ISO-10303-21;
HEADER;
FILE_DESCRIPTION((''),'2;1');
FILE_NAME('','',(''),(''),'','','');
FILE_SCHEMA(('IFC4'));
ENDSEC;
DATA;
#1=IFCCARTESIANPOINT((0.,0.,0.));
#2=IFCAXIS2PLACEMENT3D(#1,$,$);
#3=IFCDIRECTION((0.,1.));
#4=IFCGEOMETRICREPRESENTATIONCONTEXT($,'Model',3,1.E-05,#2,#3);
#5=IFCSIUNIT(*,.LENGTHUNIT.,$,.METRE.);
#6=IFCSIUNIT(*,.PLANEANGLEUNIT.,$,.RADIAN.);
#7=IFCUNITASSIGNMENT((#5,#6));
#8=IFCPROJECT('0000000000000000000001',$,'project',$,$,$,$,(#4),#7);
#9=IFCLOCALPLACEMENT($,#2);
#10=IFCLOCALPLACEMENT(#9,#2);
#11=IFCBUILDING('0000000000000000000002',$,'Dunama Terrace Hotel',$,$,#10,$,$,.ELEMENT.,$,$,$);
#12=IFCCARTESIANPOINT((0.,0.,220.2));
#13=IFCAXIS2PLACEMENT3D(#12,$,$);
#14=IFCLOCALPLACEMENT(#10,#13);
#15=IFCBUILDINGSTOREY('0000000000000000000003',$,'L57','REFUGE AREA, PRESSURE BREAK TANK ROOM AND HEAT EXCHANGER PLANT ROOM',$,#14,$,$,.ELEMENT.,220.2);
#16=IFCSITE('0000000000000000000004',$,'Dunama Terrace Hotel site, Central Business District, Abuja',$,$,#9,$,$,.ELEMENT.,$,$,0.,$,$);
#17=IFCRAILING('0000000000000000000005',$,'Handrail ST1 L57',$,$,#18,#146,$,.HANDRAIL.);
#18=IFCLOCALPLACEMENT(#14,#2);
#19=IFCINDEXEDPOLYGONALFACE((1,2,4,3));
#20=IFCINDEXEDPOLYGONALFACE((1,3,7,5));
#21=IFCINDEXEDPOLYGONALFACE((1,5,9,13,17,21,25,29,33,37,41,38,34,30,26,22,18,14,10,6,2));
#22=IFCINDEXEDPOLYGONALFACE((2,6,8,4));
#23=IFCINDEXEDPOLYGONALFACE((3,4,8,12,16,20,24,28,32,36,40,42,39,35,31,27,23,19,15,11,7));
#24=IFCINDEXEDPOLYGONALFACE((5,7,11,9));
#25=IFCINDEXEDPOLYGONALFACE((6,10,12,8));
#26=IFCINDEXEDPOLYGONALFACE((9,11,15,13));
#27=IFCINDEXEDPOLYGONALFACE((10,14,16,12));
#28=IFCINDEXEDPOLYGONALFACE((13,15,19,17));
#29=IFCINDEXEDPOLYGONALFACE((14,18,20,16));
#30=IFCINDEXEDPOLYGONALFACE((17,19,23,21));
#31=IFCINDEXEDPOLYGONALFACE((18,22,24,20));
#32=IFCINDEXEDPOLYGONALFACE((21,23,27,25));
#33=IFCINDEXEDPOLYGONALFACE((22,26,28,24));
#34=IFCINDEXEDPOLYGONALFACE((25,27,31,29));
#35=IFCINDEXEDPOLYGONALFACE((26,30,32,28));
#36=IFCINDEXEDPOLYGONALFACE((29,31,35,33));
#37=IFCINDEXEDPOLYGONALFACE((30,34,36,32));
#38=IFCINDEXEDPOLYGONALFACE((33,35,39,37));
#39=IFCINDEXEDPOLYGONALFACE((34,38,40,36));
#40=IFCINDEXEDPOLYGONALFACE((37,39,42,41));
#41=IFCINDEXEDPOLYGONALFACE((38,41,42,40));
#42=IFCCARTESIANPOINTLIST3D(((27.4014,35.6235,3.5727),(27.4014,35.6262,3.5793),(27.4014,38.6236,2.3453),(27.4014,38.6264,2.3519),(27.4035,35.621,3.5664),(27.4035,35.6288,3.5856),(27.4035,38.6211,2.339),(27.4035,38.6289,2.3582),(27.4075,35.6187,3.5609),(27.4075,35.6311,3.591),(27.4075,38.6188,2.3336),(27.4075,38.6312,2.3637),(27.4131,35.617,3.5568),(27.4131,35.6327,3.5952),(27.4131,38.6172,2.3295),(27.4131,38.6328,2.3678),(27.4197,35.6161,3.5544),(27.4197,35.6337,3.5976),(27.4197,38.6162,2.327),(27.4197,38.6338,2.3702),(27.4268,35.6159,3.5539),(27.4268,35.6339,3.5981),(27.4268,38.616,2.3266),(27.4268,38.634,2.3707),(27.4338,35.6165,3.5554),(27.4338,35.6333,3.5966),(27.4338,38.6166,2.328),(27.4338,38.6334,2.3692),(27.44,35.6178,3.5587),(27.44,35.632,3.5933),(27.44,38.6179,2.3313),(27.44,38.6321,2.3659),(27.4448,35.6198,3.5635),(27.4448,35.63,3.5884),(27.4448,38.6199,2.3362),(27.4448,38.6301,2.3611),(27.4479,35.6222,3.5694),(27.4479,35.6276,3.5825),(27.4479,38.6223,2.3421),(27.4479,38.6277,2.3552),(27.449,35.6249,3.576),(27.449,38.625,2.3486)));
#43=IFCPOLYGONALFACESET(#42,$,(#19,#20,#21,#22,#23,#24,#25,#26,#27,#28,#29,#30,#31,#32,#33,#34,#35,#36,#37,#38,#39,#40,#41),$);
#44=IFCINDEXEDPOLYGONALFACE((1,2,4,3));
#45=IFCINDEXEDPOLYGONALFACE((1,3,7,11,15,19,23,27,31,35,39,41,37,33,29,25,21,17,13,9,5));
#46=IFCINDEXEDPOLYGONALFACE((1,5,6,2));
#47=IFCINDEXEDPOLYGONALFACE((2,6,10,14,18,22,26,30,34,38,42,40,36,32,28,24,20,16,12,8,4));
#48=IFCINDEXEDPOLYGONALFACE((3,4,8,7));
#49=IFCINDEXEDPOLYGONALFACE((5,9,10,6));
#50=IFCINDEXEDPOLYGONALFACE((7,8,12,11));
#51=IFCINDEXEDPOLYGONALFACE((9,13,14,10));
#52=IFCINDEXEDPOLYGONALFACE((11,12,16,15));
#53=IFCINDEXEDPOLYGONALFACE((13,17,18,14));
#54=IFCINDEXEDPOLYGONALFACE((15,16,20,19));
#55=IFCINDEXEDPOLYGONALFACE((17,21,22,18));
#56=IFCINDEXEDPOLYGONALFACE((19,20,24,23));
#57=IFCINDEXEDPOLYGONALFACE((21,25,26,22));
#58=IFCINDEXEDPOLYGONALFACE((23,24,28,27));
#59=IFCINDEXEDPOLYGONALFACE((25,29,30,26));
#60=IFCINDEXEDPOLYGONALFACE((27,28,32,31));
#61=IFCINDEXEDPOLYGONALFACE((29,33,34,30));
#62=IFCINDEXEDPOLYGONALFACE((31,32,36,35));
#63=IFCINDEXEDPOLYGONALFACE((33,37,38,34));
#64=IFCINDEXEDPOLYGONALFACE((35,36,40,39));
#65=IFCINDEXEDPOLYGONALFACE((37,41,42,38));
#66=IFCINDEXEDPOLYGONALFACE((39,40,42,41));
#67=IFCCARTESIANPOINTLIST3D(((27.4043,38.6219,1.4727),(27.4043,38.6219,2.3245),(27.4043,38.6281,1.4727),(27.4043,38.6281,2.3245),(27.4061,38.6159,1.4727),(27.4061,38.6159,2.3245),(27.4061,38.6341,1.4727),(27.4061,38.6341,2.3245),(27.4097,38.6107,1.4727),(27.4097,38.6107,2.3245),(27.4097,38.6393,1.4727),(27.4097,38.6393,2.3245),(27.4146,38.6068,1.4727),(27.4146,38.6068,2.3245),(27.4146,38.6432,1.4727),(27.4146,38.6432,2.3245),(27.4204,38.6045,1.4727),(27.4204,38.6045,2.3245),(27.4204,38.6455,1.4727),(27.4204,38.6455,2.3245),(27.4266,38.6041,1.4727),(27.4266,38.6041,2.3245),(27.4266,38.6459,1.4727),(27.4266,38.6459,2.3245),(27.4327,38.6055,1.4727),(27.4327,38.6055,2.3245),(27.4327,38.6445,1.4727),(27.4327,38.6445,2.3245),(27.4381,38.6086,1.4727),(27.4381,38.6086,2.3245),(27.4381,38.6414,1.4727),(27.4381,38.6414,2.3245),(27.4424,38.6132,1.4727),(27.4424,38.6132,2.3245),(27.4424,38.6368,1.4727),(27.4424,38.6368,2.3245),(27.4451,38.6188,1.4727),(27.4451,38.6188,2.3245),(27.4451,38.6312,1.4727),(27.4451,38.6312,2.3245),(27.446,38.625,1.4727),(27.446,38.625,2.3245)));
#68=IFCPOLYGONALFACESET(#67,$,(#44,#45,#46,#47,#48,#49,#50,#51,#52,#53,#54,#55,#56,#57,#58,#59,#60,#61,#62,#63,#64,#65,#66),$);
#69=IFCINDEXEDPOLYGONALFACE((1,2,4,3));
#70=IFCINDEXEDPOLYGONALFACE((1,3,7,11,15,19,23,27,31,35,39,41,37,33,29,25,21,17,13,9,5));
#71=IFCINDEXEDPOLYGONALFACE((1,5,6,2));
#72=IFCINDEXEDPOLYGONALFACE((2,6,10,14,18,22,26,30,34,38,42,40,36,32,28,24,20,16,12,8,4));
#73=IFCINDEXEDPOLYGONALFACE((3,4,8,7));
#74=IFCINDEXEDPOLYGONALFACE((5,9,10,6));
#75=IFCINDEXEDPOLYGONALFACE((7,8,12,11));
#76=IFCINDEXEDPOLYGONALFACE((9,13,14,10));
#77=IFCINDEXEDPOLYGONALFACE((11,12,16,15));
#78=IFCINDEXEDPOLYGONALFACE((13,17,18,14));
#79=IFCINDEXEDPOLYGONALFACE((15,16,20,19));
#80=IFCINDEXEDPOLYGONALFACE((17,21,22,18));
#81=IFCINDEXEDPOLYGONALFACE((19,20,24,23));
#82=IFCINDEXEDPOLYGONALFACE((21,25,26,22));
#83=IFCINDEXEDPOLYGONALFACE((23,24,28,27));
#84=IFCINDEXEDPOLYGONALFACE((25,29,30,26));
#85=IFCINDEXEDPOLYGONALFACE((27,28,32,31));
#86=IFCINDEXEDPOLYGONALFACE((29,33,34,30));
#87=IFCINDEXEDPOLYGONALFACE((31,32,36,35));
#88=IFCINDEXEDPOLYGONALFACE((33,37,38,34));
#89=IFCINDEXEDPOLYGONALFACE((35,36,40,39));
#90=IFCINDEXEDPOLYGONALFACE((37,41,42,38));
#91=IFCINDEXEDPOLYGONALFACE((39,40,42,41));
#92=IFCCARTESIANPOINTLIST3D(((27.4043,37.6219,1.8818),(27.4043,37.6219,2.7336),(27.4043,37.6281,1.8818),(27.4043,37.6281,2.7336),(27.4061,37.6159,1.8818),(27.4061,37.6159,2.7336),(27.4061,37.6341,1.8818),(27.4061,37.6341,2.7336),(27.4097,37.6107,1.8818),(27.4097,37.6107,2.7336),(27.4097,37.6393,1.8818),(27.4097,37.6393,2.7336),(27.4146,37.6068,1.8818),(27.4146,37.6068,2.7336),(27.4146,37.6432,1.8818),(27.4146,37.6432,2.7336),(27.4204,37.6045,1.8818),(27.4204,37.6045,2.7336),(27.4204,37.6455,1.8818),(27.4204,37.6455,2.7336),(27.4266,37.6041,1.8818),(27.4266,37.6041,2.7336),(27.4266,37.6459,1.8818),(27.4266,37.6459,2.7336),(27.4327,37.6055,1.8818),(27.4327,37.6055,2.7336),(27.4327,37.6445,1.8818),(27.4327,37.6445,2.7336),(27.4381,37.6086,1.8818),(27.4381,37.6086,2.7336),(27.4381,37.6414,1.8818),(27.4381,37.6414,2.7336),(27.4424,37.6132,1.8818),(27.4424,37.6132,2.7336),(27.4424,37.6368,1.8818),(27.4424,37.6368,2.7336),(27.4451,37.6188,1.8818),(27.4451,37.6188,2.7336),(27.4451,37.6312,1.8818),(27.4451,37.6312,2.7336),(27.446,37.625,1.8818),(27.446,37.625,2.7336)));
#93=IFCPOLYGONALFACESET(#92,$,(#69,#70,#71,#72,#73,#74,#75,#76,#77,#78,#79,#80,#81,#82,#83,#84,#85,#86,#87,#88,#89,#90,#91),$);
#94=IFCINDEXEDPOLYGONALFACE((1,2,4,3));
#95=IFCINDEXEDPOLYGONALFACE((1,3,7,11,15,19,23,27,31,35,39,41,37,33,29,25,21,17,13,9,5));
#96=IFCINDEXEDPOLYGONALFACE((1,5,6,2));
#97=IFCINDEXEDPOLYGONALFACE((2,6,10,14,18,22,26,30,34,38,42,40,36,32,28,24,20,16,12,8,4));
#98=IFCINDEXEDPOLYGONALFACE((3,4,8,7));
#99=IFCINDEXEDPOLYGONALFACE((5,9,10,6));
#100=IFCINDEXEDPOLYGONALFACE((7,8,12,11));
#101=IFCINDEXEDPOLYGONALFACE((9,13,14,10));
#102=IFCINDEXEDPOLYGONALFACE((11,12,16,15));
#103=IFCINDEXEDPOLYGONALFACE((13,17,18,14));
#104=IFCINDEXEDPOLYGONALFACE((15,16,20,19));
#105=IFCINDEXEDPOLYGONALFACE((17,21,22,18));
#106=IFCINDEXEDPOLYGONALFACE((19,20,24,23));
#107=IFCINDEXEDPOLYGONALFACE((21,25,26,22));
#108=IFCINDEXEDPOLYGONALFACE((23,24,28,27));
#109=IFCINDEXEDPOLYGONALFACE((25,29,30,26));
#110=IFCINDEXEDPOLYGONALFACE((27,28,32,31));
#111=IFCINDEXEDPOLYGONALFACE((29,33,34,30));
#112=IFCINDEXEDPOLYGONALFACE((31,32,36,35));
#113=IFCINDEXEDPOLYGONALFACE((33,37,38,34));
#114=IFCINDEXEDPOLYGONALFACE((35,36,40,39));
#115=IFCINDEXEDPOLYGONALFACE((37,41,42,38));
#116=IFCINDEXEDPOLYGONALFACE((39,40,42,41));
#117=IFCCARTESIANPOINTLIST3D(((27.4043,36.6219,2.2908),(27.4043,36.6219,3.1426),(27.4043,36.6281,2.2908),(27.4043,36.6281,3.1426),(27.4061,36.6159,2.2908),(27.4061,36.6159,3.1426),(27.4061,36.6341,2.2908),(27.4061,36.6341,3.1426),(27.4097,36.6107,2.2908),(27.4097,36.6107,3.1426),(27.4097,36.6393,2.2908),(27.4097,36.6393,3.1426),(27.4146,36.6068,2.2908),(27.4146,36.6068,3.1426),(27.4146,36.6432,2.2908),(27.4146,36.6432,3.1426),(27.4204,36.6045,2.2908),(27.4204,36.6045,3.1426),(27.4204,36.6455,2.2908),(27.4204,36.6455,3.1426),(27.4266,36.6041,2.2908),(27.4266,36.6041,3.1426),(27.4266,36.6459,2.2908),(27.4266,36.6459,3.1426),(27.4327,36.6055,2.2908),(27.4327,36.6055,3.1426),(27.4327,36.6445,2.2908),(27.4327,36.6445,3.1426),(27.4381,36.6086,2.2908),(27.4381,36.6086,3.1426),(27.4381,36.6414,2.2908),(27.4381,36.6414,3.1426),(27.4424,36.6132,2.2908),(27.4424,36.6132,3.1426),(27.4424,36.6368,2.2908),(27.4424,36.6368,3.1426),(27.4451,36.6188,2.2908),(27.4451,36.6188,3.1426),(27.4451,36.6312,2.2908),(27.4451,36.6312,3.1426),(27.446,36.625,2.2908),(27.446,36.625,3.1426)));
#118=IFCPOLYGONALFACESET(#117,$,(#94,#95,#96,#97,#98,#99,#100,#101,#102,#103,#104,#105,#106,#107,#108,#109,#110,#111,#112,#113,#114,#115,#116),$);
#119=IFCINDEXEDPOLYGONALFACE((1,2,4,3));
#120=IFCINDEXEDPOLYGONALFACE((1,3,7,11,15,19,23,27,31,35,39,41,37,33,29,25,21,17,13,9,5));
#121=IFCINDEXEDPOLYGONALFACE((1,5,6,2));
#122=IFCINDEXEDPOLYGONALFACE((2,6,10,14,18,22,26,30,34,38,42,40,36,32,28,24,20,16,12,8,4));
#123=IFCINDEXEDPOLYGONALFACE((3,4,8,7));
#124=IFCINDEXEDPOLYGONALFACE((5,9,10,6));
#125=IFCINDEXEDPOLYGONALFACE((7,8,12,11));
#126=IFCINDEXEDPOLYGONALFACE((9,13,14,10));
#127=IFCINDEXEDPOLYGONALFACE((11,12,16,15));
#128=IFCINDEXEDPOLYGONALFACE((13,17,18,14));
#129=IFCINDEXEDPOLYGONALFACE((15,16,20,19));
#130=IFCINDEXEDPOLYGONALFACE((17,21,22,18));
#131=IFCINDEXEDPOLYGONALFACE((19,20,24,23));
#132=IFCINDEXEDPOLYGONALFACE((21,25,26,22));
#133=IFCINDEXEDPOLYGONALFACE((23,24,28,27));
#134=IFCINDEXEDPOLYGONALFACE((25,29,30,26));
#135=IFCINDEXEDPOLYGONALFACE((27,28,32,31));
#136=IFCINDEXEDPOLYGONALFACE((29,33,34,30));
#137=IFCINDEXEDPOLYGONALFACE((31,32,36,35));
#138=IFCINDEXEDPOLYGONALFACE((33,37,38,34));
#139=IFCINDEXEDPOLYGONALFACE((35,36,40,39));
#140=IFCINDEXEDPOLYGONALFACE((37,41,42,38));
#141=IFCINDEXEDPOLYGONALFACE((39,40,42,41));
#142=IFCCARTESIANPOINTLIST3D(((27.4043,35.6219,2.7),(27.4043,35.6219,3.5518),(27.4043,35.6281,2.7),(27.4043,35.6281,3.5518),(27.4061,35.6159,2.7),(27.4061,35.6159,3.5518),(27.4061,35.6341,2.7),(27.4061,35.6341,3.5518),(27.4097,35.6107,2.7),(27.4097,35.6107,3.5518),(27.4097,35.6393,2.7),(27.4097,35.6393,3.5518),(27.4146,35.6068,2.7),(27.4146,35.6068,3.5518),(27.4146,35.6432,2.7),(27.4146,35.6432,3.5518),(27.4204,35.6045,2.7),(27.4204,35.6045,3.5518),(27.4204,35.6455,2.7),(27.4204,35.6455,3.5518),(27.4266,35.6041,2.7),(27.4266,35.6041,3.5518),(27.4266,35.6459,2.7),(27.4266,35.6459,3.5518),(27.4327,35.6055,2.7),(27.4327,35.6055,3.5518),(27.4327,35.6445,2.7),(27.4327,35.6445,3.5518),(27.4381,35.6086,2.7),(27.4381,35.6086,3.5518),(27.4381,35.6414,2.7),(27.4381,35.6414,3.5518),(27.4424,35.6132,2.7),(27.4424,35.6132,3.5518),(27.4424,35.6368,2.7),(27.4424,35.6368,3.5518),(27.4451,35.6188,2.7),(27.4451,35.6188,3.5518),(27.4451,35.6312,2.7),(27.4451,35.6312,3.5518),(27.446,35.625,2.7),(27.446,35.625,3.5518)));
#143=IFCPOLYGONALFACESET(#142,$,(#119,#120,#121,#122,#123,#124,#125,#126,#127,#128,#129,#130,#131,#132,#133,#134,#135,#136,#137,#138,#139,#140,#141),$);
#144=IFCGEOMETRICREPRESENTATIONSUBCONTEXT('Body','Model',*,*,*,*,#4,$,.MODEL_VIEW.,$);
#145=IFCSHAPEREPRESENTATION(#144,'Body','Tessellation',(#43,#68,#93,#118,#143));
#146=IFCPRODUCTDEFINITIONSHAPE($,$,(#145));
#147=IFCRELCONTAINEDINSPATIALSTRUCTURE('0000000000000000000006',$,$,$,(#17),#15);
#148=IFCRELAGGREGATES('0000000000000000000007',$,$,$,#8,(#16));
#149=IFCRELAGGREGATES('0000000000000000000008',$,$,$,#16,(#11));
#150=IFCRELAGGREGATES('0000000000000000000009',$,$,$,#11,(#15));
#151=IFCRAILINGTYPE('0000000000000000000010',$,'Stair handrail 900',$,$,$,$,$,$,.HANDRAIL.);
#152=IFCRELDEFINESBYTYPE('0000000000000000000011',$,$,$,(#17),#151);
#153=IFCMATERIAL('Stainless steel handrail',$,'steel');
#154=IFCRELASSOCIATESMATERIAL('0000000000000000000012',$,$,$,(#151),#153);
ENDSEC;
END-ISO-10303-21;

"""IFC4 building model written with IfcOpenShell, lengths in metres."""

from ifc_helpers import new_model, si_unit, direction, frame, origin, origin_2d, place, context, subcontext, project, spatial, circle, extrude, material, type_object, element, save


model = new_model("IFC4")

# Units and contexts
model_context = context("Model", 3, precision=1e-05, world=origin(), true_north=direction((0.0, 1.0)))
body_context = subcontext(model_context, "Body", "Model", "MODEL_VIEW")
ifc_project = project(units=[si_unit("LENGTHUNIT", "METRE"), si_unit("PLANEANGLEUNIT", "RADIAN")], contexts=[model_context])

# Site, building, storey
site_placement = place(None, origin())
site = spatial("IfcSite", under=ifc_project, at=site_placement, Name="Dunama Terrace Hotel site, Central Business District, Abuja", CompositionType="ELEMENT", RefElevation=0.0)
building_placement = place(site_placement, origin())
building = spatial("IfcBuilding", under=site, at=building_placement, Name="Dunama Terrace Hotel", CompositionType="ELEMENT")
storey_placement = place(building_placement, frame((0.0, 0.0, 220.2)))
storey = spatial("IfcBuildingStorey", under=building, at=storey_placement, Name="L57", Description="REFUGE AREA, PRESSURE BREAK TANK ROOM AND HEAT EXCHANGER PLANT ROOM", CompositionType="ELEMENT", Elevation=220.2)

# Railing
ifc_material_1 = material(Name="Stainless steel handrail", Category="steel")
railing_type = type_object("IfcRailingType", Name="Stair handrail 900", PredefinedType="HANDRAIL", material=ifc_material_1)
railing_1_placement = place(storey_placement, frame((27.425, 38.625, 1.4727)))
element("IfcRailing", 1, at=railing_1_placement, inside=storey, type_object=railing_type, Name="Handrail ST1 L57", PredefinedType="HANDRAIL", context=body_context, shape_type="SweptSolid", body=[
    extrude(circle(Radius=0.0239, at=origin_2d()), frame((0.0, 0.0, 0.876), z_axis=(0.0, -0.925545, 0.378639), x_axis=(1.0, 0.0, 0.0)), (0.0, 0.0, 1.0), 3.2415),
    extrude(circle(Radius=0.021, at=origin_2d()), origin(), (0.0, 0.0, 1.0), 0.8518),
    extrude(circle(Radius=0.021, at=origin_2d()), frame((0.0, -1.0, 0.4092)), (0.0, 0.0, 1.0), 0.8518),
    extrude(circle(Radius=0.021, at=origin_2d()), frame((0.0, -2.0, 0.8181)), (0.0, 0.0, 1.0), 0.8518),
    extrude(circle(Radius=0.021, at=origin_2d()), frame((0.0, -3.0, 1.2273)), (0.0, 0.0, 1.0), 0.8518),
])

save(model, "model.ifc")
